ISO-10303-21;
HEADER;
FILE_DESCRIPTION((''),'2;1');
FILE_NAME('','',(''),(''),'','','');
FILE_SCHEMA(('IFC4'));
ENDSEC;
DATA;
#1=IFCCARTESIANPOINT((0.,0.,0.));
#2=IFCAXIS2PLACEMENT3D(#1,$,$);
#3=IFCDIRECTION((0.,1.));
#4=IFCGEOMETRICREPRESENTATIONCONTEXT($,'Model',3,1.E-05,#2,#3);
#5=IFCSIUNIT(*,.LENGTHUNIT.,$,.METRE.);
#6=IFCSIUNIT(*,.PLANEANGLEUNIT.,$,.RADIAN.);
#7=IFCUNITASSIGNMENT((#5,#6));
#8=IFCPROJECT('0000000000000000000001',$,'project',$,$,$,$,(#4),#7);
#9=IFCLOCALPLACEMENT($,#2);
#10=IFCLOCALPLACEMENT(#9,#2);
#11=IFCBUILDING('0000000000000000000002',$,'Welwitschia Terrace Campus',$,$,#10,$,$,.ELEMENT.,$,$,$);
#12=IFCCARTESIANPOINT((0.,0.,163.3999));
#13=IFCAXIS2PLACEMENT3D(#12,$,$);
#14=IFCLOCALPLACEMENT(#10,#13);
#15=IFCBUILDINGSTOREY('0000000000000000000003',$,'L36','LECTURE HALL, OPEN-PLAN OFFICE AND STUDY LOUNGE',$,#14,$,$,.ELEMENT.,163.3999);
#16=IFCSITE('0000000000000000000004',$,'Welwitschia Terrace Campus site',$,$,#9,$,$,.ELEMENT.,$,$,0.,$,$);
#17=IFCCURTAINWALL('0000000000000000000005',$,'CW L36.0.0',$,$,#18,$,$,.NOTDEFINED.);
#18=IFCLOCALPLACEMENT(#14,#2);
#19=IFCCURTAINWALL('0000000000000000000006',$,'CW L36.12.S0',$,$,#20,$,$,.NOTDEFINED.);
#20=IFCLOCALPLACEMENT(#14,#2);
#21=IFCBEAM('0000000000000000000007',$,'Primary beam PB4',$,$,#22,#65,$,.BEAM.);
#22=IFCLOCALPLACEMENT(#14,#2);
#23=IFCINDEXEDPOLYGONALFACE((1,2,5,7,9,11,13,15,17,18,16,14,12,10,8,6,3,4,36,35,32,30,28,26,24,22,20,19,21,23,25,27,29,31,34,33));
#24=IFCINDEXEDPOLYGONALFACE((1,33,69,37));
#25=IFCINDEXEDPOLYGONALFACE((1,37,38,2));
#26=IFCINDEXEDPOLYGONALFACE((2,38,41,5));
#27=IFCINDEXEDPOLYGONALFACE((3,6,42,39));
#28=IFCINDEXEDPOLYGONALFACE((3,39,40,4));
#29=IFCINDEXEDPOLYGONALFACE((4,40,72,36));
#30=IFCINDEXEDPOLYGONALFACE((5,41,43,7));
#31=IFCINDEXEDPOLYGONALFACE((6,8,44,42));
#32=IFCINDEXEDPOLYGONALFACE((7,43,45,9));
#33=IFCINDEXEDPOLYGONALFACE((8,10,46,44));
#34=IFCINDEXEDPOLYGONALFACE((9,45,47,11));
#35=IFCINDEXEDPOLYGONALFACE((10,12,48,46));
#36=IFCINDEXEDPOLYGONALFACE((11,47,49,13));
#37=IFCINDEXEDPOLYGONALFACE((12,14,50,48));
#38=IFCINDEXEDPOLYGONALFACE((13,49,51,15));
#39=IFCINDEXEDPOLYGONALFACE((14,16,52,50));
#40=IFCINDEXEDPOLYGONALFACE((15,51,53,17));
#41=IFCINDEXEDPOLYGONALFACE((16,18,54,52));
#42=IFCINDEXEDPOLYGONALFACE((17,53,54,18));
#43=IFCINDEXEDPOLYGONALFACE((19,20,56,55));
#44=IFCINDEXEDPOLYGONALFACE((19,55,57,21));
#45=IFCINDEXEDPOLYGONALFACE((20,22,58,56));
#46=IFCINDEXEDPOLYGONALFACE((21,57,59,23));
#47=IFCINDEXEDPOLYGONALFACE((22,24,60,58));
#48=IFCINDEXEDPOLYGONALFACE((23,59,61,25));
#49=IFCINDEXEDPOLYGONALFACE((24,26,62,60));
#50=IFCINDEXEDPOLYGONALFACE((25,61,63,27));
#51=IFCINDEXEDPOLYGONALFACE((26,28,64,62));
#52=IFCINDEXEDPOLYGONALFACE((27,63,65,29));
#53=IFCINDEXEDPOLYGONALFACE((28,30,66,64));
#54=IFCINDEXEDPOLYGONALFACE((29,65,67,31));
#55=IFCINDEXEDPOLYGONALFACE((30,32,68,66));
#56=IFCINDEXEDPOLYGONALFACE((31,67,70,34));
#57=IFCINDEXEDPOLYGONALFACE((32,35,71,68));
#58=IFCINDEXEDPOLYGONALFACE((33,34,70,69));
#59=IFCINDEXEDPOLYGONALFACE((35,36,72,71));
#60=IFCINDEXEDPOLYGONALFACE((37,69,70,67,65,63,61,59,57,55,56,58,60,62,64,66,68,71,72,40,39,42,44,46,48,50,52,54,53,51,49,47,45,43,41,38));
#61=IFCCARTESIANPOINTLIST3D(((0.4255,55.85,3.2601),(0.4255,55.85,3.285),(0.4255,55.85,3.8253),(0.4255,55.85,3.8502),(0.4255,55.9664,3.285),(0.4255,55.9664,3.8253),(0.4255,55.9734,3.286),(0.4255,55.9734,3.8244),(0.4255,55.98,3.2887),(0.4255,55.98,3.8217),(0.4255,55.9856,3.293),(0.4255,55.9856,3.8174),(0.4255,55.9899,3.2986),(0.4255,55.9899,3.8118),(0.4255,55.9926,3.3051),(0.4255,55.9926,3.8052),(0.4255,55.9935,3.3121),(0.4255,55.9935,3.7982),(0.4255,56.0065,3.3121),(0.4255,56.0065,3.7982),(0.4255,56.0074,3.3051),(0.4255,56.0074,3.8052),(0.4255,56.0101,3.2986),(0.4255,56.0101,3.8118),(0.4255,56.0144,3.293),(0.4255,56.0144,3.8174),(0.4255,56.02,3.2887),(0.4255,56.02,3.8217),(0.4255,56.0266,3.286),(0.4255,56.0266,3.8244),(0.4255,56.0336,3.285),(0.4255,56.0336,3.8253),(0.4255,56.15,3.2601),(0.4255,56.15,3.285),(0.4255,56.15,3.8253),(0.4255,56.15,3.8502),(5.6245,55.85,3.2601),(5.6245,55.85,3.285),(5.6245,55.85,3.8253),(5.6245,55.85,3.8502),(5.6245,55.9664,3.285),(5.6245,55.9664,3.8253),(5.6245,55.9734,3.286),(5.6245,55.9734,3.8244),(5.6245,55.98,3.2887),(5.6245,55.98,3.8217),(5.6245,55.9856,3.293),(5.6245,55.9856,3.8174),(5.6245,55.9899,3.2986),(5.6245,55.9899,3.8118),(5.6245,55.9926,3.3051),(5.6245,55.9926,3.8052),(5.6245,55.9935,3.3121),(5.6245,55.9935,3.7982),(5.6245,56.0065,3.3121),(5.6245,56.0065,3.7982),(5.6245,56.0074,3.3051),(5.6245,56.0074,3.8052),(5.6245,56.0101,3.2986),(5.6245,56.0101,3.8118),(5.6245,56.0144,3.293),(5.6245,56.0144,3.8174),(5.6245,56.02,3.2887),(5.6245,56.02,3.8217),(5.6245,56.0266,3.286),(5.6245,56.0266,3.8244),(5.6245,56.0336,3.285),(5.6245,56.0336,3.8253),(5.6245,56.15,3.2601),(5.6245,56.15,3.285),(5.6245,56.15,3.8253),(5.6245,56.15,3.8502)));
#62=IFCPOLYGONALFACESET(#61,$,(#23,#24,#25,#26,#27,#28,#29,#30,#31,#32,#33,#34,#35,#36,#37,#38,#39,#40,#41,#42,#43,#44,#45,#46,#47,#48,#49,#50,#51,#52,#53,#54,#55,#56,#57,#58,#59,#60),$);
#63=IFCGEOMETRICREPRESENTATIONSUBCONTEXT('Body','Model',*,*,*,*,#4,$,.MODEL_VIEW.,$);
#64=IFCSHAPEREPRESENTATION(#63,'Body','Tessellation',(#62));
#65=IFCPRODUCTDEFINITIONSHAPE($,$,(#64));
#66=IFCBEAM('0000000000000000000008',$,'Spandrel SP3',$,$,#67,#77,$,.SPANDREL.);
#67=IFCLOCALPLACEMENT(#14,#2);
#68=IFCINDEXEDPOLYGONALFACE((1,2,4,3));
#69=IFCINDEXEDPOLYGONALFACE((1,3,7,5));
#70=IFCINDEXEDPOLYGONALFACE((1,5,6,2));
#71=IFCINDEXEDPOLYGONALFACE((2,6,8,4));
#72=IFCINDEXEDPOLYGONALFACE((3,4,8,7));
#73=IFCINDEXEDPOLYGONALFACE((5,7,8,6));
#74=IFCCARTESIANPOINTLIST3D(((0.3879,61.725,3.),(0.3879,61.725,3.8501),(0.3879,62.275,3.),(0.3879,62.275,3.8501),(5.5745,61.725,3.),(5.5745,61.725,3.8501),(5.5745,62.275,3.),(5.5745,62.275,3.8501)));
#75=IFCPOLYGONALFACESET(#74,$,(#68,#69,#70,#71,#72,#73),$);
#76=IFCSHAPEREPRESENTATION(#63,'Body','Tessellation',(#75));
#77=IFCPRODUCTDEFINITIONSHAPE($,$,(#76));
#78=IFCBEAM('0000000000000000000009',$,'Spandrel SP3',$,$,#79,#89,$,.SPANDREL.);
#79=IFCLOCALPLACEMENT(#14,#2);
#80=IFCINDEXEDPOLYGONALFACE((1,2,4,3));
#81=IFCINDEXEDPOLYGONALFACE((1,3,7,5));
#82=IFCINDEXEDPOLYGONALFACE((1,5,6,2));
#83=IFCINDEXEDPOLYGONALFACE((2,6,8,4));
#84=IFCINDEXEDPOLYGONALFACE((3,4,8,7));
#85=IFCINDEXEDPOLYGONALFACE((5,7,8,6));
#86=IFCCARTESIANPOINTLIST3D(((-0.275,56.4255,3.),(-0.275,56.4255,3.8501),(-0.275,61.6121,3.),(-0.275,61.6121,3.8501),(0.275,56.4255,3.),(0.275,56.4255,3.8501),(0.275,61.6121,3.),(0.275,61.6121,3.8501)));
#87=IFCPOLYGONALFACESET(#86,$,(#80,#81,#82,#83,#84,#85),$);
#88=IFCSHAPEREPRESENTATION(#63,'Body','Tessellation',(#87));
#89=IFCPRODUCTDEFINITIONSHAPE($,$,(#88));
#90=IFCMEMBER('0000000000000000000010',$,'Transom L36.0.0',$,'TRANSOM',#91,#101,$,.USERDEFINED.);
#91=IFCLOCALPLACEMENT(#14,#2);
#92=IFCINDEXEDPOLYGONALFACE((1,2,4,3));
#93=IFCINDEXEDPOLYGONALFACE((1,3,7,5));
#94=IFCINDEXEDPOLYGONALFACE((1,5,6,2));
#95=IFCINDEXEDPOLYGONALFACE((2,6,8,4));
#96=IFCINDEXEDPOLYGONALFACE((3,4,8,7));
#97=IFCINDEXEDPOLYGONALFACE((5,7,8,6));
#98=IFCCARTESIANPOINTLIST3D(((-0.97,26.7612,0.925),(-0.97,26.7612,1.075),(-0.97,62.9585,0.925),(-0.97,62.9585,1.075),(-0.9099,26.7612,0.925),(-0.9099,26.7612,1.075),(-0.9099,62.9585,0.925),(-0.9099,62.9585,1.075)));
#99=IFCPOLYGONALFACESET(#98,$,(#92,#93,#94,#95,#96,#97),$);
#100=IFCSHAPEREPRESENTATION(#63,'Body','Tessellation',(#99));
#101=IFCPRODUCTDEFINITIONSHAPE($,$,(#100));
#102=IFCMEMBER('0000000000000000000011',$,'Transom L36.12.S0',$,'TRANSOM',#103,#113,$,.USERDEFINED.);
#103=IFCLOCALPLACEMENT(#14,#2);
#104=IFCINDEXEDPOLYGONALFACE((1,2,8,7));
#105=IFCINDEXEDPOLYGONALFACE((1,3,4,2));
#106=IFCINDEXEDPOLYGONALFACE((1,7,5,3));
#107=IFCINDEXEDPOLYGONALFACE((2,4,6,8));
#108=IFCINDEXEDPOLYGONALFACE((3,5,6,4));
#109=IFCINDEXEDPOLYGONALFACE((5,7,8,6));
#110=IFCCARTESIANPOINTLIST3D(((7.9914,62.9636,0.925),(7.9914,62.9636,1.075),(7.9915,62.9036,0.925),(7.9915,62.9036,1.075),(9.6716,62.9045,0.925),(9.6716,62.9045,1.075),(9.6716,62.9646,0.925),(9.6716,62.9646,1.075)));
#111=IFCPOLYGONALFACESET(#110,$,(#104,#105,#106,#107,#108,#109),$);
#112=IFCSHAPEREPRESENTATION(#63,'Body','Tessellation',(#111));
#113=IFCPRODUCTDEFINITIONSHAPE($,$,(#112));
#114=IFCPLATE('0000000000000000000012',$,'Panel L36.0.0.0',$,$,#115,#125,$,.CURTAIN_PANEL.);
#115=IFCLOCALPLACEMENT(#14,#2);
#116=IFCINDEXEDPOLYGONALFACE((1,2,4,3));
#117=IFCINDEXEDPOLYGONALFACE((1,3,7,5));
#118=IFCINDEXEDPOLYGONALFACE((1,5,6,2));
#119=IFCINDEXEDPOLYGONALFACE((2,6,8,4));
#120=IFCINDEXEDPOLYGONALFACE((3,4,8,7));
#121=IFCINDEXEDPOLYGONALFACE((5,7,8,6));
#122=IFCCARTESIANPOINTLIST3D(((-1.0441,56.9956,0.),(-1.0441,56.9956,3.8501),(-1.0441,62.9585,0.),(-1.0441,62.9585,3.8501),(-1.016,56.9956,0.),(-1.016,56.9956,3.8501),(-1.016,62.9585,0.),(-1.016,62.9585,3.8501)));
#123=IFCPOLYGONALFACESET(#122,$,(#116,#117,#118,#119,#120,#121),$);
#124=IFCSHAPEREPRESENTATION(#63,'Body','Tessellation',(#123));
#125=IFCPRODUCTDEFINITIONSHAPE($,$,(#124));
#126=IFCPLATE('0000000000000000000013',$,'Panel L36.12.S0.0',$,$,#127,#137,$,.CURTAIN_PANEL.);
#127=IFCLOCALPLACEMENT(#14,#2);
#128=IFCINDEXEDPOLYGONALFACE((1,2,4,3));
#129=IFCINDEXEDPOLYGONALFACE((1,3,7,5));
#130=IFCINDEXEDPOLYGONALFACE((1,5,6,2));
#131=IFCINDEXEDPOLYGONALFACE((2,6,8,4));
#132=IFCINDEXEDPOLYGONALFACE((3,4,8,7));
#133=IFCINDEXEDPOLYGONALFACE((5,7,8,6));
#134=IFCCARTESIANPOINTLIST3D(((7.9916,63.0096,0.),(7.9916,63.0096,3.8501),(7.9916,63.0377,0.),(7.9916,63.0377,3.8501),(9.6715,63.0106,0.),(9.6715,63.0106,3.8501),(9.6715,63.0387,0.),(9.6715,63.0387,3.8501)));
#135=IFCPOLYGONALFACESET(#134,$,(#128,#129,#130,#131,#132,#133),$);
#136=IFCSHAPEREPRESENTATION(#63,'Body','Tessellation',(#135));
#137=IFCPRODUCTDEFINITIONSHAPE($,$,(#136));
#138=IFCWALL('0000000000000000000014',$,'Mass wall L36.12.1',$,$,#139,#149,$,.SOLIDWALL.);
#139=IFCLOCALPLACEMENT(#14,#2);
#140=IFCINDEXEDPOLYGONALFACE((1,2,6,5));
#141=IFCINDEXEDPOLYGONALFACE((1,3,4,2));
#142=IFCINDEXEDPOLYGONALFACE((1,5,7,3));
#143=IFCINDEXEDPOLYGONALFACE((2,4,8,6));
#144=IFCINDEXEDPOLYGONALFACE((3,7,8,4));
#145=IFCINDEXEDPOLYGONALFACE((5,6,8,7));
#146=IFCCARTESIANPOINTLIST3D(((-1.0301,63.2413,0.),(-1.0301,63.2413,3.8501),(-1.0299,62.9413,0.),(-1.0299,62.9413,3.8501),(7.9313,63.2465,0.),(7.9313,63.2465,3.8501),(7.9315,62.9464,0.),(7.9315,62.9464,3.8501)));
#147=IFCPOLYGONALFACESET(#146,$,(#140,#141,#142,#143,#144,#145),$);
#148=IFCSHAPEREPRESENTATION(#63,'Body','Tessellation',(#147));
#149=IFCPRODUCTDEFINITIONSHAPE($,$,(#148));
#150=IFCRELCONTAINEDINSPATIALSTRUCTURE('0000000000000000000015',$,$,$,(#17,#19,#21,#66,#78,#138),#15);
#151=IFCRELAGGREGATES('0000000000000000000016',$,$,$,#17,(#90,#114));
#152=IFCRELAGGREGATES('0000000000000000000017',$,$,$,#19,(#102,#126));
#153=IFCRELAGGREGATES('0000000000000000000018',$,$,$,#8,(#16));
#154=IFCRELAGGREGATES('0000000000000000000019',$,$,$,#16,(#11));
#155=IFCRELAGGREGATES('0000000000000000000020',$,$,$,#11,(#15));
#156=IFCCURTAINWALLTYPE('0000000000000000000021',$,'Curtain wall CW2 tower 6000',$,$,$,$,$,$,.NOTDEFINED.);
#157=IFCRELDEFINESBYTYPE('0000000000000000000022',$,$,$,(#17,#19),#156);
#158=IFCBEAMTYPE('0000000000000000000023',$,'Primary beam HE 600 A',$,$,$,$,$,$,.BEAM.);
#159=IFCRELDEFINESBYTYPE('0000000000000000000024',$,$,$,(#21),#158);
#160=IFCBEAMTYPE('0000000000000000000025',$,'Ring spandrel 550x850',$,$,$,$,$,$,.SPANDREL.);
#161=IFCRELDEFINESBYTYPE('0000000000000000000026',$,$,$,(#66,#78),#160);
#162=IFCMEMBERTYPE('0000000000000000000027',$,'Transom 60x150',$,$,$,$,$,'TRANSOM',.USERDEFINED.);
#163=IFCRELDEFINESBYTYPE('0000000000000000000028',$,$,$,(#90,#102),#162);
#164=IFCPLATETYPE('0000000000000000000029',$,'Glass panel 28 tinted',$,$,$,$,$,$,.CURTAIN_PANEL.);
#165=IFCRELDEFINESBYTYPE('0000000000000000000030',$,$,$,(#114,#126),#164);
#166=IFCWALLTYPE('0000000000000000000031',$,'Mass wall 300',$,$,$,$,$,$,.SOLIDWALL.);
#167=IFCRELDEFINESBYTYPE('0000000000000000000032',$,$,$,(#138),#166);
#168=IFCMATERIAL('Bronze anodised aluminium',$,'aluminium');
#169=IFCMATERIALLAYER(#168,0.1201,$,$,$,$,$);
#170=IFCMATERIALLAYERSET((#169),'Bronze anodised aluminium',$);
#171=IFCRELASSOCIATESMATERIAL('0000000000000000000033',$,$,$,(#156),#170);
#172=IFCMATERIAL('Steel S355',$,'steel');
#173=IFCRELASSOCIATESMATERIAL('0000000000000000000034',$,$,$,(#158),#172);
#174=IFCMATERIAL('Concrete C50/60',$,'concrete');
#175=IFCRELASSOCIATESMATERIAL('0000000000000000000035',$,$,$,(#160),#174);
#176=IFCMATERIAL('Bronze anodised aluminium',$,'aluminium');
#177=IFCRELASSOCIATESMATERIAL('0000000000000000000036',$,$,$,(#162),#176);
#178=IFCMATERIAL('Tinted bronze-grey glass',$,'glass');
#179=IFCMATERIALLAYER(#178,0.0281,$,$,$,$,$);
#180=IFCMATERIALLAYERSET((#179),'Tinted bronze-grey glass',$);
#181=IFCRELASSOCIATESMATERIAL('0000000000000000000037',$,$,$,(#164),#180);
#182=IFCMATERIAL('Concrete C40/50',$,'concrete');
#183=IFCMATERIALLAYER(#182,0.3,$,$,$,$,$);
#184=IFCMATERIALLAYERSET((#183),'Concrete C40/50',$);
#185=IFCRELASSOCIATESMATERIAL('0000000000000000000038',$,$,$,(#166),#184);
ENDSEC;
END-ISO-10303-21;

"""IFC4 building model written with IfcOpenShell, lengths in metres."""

from ifc_helpers import new_model, si_unit, direction, frame, frame_2d, origin, origin_2d, place, context, subcontext, project, spatial, rectangle, i_section, extrude, material, layer, layer_set, material_profile, profile_set, type_object, element, aggregate, save


model = new_model("IFC4")

# Units and contexts
model_context = context("Model", 3, precision=1e-05, world=origin(), true_north=direction((0.0, 1.0)))
body_context = subcontext(model_context, "Body", "Model", "MODEL_VIEW")
ifc_project = project(units=[si_unit("LENGTHUNIT", "METRE"), si_unit("PLANEANGLEUNIT", "RADIAN")], contexts=[model_context])

# Site, building, storey
site_placement = place(None, origin())
site = spatial("IfcSite", under=ifc_project, at=site_placement, Name="Welwitschia Terrace Campus site", CompositionType="ELEMENT", RefElevation=0.0)
building_placement = place(site_placement, origin())
building = spatial("IfcBuilding", under=site, at=building_placement, Name="Welwitschia Terrace Campus", CompositionType="ELEMENT")
storey_placement = place(building_placement, frame((0.0, 0.0, 163.3999)))
storey = spatial("IfcBuildingStorey", under=building, at=storey_placement, Name="L36", Description="LECTURE HALL, OPEN-PLAN OFFICE AND STUDY LOUNGE", CompositionType="ELEMENT", Elevation=163.3999)

# Curtain walls
ifc_material_1 = material(Name="Bronze anodised aluminium", Category="aluminium")
ifc_layer_1 = layer(ifc_material_1, 0.1201)
ifc_layer_set_1 = layer_set([ifc_layer_1], Name="Bronze anodised aluminium")
curtain_wall_type = type_object("IfcCurtainWallType", Name="Curtain wall CW2 tower 6000", PredefinedType="NOTDEFINED", material=ifc_layer_set_1)
curtain_wall_1_placement = place(storey_placement, origin())
curtain_wall_1 = element("IfcCurtainWall", 1, at=curtain_wall_1_placement, inside=storey, type_object=curtain_wall_type, Name="CW L36.0.0", PredefinedType="NOTDEFINED")
curtain_wall_2_placement = place(storey_placement, origin())
curtain_wall_2 = element("IfcCurtainWall", 2, at=curtain_wall_2_placement, inside=storey, type_object=curtain_wall_type, Name="CW L36.12.S0", PredefinedType="NOTDEFINED")

# Beams
ifc_material_2 = material(Name="Steel S355", Category="steel")
ifc_material_profile_1 = material_profile(ifc_material_2, i_section(OverallWidth=0.3, OverallDepth=0.5901, WebThickness=0.0129, FlangeThickness=0.0249, FilletRadius=0.0271, at=origin_2d()))
ifc_profile_set_1 = profile_set([ifc_material_profile_1], Name="Steel S355")
beam_type_1 = type_object("IfcBeamType", Name="Primary beam HE 600 A", PredefinedType="BEAM", material=ifc_profile_set_1)
beam_1_placement = place(storey_placement, frame((0.4255, 56.0, 3.5552), z_axis=(1.0, 0.0, 0.0), x_axis=(0.0, 1.0, 0.0)))
element("IfcBeam", 3, at=beam_1_placement, inside=storey, type_object=beam_type_1, Name="Primary beam PB4", PredefinedType="BEAM", context=body_context, shape_type="SweptSolid", body=[
    extrude(i_section(OverallWidth=0.3, OverallDepth=0.5901, WebThickness=0.0129, FlangeThickness=0.0249, FilletRadius=0.0271, at=origin_2d()), origin(), (0.0, 0.0, 1.0), 5.199),
])
ifc_material_3 = material(Name="Concrete C50/60", Category="concrete")
ifc_material_profile_2 = material_profile(ifc_material_3, rectangle(XDim=0.55, YDim=0.8501, at=origin_2d()))
ifc_profile_set_2 = profile_set([ifc_material_profile_2], Name="Concrete C50/60")
beam_type_2 = type_object("IfcBeamType", Name="Ring spandrel 550x850", PredefinedType="SPANDREL", material=ifc_profile_set_2)
for number, where, z_axis, x_axis, name in (
    (4, (5.5745, 62.0, 3.425), (-1.0, 0.0, 0.0), (0.0, -1.0, 0.0), "Spandrel SP3"),
    (5, (0.0, 61.6121, 3.425), (0.0, -1.0, 0.0), (1.0, 0.0, 0.0), "Spandrel SP3"),
):
    element("IfcBeam", number, at=place(storey_placement, frame(where, z_axis=z_axis, x_axis=x_axis)), inside=storey, type_object=beam_type_2, Name=name, PredefinedType="SPANDREL", context=body_context, shape_type="SweptSolid", body=[
        extrude(rectangle(XDim=0.55, YDim=0.8501, at=origin_2d()), origin(), (0.0, 0.0, 1.0), 5.1865),
    ])

# Members
ifc_material_4 = material(Name="Bronze anodised aluminium", Category="aluminium")
ifc_material_profile_3 = material_profile(ifc_material_4, rectangle(XDim=0.0601, YDim=0.1499, at=origin_2d()))
ifc_profile_set_3 = profile_set([ifc_material_profile_3], Name="Bronze anodised aluminium")
member_type_1 = type_object("IfcMemberType", Name="Transom 60x150", ElementType="TRANSOM", PredefinedType="USERDEFINED", material=ifc_profile_set_3)
member_1_placement = place(storey_placement, frame((-0.9399, 62.9585, 1.0), z_axis=(0.0, -1.0, 0.0), x_axis=(1.0, 0.0, 0.0)))
member_1 = element("IfcMember", 6, at=member_1_placement, type_object=member_type_1, Name="Transom L36.0.0", ObjectType="TRANSOM", PredefinedType="USERDEFINED", context=body_context, shape_type="SweptSolid", body=[
    extrude(rectangle(XDim=0.0601, YDim=0.1499, at=origin_2d()), origin(), (0.0, 0.0, 1.0), 36.1973),
])
member_2_placement = place(storey_placement, frame((9.6716, 62.9346, 1.0), z_axis=(-1.0, -0.000581, 0.0), x_axis=(0.000581, -1.0, 0.0)))
member_2 = element("IfcMember", 7, at=member_2_placement, type_object=member_type_1, Name="Transom L36.12.S0", ObjectType="TRANSOM", PredefinedType="USERDEFINED", context=body_context, shape_type="SweptSolid", body=[
    extrude(rectangle(XDim=0.0601, YDim=0.1499, at=origin_2d()), origin(), (0.0, 0.0, 1.0), 1.6802),
])

# Plates
ifc_material_5 = material(Name="Tinted bronze-grey glass", Category="glass")
ifc_layer_2 = layer(ifc_material_5, 0.0281)
ifc_layer_set_2 = layer_set([ifc_layer_2], Name="Tinted bronze-grey glass")
plate_type = type_object("IfcPlateType", Name="Glass panel 28 tinted", PredefinedType="CURTAIN_PANEL", material=ifc_layer_set_2)
plate_1_placement = place(storey_placement, frame((-1.03, 59.9771, 0.0), z_axis=(0.0, 0.0, 1.0), x_axis=(0.0, -1.0, 0.0)))
plate_1 = element("IfcPlate", 8, at=plate_1_placement, type_object=plate_type, Name="Panel L36.0.0.0", PredefinedType="CURTAIN_PANEL", context=body_context, shape_type="SweptSolid", body=[
    extrude(rectangle(XDim=5.9629, YDim=0.0281, at=origin_2d()), origin(), (0.0, 0.0, 1.0), 3.8501),
])
aggregate(curtain_wall_1, [member_1, plate_1])
plate_2_placement = place(storey_placement, frame((8.8315, 63.0242, 0.0), z_axis=(0.0, 0.0, 1.0), x_axis=(-1.0, -0.000589, 0.0)))
plate_2 = element("IfcPlate", 9, at=plate_2_placement, type_object=plate_type, Name="Panel L36.12.S0.0", PredefinedType="CURTAIN_PANEL", context=body_context, shape_type="SweptSolid", body=[
    extrude(rectangle(XDim=1.6799, YDim=0.0281, at=origin_2d()), origin(), (0.0, 0.0, 1.0), 3.8501),
])
aggregate(curtain_wall_2, [member_2, plate_2])

# Wall
ifc_material_6 = material(Name="Concrete C40/50", Category="concrete")
ifc_layer_3 = layer(ifc_material_6, 0.3)
ifc_layer_set_3 = layer_set([ifc_layer_3], Name="Concrete C40/50")
wall_type = type_object("IfcWallType", Name="Mass wall 300", PredefinedType="SOLIDWALL", material=ifc_layer_set_3)
wall_placement = place(storey_placement, frame((7.9314, 63.0964, 0.0), z_axis=(0.0, 0.0, 1.0), x_axis=(-1.0, -0.000572, 0.0)))
element("IfcWall", 10, at=wall_placement, inside=storey, type_object=wall_type, Name="Mass wall L36.12.1", PredefinedType="SOLIDWALL", context=body_context, shape_type="SweptSolid", body=[
    extrude(rectangle(XDim=8.9614, YDim=0.3, at=frame_2d((4.4807, 0.0))), origin(), (0.0, 0.0, 1.0), 3.8501),
])

save(model, "model.ifc")
